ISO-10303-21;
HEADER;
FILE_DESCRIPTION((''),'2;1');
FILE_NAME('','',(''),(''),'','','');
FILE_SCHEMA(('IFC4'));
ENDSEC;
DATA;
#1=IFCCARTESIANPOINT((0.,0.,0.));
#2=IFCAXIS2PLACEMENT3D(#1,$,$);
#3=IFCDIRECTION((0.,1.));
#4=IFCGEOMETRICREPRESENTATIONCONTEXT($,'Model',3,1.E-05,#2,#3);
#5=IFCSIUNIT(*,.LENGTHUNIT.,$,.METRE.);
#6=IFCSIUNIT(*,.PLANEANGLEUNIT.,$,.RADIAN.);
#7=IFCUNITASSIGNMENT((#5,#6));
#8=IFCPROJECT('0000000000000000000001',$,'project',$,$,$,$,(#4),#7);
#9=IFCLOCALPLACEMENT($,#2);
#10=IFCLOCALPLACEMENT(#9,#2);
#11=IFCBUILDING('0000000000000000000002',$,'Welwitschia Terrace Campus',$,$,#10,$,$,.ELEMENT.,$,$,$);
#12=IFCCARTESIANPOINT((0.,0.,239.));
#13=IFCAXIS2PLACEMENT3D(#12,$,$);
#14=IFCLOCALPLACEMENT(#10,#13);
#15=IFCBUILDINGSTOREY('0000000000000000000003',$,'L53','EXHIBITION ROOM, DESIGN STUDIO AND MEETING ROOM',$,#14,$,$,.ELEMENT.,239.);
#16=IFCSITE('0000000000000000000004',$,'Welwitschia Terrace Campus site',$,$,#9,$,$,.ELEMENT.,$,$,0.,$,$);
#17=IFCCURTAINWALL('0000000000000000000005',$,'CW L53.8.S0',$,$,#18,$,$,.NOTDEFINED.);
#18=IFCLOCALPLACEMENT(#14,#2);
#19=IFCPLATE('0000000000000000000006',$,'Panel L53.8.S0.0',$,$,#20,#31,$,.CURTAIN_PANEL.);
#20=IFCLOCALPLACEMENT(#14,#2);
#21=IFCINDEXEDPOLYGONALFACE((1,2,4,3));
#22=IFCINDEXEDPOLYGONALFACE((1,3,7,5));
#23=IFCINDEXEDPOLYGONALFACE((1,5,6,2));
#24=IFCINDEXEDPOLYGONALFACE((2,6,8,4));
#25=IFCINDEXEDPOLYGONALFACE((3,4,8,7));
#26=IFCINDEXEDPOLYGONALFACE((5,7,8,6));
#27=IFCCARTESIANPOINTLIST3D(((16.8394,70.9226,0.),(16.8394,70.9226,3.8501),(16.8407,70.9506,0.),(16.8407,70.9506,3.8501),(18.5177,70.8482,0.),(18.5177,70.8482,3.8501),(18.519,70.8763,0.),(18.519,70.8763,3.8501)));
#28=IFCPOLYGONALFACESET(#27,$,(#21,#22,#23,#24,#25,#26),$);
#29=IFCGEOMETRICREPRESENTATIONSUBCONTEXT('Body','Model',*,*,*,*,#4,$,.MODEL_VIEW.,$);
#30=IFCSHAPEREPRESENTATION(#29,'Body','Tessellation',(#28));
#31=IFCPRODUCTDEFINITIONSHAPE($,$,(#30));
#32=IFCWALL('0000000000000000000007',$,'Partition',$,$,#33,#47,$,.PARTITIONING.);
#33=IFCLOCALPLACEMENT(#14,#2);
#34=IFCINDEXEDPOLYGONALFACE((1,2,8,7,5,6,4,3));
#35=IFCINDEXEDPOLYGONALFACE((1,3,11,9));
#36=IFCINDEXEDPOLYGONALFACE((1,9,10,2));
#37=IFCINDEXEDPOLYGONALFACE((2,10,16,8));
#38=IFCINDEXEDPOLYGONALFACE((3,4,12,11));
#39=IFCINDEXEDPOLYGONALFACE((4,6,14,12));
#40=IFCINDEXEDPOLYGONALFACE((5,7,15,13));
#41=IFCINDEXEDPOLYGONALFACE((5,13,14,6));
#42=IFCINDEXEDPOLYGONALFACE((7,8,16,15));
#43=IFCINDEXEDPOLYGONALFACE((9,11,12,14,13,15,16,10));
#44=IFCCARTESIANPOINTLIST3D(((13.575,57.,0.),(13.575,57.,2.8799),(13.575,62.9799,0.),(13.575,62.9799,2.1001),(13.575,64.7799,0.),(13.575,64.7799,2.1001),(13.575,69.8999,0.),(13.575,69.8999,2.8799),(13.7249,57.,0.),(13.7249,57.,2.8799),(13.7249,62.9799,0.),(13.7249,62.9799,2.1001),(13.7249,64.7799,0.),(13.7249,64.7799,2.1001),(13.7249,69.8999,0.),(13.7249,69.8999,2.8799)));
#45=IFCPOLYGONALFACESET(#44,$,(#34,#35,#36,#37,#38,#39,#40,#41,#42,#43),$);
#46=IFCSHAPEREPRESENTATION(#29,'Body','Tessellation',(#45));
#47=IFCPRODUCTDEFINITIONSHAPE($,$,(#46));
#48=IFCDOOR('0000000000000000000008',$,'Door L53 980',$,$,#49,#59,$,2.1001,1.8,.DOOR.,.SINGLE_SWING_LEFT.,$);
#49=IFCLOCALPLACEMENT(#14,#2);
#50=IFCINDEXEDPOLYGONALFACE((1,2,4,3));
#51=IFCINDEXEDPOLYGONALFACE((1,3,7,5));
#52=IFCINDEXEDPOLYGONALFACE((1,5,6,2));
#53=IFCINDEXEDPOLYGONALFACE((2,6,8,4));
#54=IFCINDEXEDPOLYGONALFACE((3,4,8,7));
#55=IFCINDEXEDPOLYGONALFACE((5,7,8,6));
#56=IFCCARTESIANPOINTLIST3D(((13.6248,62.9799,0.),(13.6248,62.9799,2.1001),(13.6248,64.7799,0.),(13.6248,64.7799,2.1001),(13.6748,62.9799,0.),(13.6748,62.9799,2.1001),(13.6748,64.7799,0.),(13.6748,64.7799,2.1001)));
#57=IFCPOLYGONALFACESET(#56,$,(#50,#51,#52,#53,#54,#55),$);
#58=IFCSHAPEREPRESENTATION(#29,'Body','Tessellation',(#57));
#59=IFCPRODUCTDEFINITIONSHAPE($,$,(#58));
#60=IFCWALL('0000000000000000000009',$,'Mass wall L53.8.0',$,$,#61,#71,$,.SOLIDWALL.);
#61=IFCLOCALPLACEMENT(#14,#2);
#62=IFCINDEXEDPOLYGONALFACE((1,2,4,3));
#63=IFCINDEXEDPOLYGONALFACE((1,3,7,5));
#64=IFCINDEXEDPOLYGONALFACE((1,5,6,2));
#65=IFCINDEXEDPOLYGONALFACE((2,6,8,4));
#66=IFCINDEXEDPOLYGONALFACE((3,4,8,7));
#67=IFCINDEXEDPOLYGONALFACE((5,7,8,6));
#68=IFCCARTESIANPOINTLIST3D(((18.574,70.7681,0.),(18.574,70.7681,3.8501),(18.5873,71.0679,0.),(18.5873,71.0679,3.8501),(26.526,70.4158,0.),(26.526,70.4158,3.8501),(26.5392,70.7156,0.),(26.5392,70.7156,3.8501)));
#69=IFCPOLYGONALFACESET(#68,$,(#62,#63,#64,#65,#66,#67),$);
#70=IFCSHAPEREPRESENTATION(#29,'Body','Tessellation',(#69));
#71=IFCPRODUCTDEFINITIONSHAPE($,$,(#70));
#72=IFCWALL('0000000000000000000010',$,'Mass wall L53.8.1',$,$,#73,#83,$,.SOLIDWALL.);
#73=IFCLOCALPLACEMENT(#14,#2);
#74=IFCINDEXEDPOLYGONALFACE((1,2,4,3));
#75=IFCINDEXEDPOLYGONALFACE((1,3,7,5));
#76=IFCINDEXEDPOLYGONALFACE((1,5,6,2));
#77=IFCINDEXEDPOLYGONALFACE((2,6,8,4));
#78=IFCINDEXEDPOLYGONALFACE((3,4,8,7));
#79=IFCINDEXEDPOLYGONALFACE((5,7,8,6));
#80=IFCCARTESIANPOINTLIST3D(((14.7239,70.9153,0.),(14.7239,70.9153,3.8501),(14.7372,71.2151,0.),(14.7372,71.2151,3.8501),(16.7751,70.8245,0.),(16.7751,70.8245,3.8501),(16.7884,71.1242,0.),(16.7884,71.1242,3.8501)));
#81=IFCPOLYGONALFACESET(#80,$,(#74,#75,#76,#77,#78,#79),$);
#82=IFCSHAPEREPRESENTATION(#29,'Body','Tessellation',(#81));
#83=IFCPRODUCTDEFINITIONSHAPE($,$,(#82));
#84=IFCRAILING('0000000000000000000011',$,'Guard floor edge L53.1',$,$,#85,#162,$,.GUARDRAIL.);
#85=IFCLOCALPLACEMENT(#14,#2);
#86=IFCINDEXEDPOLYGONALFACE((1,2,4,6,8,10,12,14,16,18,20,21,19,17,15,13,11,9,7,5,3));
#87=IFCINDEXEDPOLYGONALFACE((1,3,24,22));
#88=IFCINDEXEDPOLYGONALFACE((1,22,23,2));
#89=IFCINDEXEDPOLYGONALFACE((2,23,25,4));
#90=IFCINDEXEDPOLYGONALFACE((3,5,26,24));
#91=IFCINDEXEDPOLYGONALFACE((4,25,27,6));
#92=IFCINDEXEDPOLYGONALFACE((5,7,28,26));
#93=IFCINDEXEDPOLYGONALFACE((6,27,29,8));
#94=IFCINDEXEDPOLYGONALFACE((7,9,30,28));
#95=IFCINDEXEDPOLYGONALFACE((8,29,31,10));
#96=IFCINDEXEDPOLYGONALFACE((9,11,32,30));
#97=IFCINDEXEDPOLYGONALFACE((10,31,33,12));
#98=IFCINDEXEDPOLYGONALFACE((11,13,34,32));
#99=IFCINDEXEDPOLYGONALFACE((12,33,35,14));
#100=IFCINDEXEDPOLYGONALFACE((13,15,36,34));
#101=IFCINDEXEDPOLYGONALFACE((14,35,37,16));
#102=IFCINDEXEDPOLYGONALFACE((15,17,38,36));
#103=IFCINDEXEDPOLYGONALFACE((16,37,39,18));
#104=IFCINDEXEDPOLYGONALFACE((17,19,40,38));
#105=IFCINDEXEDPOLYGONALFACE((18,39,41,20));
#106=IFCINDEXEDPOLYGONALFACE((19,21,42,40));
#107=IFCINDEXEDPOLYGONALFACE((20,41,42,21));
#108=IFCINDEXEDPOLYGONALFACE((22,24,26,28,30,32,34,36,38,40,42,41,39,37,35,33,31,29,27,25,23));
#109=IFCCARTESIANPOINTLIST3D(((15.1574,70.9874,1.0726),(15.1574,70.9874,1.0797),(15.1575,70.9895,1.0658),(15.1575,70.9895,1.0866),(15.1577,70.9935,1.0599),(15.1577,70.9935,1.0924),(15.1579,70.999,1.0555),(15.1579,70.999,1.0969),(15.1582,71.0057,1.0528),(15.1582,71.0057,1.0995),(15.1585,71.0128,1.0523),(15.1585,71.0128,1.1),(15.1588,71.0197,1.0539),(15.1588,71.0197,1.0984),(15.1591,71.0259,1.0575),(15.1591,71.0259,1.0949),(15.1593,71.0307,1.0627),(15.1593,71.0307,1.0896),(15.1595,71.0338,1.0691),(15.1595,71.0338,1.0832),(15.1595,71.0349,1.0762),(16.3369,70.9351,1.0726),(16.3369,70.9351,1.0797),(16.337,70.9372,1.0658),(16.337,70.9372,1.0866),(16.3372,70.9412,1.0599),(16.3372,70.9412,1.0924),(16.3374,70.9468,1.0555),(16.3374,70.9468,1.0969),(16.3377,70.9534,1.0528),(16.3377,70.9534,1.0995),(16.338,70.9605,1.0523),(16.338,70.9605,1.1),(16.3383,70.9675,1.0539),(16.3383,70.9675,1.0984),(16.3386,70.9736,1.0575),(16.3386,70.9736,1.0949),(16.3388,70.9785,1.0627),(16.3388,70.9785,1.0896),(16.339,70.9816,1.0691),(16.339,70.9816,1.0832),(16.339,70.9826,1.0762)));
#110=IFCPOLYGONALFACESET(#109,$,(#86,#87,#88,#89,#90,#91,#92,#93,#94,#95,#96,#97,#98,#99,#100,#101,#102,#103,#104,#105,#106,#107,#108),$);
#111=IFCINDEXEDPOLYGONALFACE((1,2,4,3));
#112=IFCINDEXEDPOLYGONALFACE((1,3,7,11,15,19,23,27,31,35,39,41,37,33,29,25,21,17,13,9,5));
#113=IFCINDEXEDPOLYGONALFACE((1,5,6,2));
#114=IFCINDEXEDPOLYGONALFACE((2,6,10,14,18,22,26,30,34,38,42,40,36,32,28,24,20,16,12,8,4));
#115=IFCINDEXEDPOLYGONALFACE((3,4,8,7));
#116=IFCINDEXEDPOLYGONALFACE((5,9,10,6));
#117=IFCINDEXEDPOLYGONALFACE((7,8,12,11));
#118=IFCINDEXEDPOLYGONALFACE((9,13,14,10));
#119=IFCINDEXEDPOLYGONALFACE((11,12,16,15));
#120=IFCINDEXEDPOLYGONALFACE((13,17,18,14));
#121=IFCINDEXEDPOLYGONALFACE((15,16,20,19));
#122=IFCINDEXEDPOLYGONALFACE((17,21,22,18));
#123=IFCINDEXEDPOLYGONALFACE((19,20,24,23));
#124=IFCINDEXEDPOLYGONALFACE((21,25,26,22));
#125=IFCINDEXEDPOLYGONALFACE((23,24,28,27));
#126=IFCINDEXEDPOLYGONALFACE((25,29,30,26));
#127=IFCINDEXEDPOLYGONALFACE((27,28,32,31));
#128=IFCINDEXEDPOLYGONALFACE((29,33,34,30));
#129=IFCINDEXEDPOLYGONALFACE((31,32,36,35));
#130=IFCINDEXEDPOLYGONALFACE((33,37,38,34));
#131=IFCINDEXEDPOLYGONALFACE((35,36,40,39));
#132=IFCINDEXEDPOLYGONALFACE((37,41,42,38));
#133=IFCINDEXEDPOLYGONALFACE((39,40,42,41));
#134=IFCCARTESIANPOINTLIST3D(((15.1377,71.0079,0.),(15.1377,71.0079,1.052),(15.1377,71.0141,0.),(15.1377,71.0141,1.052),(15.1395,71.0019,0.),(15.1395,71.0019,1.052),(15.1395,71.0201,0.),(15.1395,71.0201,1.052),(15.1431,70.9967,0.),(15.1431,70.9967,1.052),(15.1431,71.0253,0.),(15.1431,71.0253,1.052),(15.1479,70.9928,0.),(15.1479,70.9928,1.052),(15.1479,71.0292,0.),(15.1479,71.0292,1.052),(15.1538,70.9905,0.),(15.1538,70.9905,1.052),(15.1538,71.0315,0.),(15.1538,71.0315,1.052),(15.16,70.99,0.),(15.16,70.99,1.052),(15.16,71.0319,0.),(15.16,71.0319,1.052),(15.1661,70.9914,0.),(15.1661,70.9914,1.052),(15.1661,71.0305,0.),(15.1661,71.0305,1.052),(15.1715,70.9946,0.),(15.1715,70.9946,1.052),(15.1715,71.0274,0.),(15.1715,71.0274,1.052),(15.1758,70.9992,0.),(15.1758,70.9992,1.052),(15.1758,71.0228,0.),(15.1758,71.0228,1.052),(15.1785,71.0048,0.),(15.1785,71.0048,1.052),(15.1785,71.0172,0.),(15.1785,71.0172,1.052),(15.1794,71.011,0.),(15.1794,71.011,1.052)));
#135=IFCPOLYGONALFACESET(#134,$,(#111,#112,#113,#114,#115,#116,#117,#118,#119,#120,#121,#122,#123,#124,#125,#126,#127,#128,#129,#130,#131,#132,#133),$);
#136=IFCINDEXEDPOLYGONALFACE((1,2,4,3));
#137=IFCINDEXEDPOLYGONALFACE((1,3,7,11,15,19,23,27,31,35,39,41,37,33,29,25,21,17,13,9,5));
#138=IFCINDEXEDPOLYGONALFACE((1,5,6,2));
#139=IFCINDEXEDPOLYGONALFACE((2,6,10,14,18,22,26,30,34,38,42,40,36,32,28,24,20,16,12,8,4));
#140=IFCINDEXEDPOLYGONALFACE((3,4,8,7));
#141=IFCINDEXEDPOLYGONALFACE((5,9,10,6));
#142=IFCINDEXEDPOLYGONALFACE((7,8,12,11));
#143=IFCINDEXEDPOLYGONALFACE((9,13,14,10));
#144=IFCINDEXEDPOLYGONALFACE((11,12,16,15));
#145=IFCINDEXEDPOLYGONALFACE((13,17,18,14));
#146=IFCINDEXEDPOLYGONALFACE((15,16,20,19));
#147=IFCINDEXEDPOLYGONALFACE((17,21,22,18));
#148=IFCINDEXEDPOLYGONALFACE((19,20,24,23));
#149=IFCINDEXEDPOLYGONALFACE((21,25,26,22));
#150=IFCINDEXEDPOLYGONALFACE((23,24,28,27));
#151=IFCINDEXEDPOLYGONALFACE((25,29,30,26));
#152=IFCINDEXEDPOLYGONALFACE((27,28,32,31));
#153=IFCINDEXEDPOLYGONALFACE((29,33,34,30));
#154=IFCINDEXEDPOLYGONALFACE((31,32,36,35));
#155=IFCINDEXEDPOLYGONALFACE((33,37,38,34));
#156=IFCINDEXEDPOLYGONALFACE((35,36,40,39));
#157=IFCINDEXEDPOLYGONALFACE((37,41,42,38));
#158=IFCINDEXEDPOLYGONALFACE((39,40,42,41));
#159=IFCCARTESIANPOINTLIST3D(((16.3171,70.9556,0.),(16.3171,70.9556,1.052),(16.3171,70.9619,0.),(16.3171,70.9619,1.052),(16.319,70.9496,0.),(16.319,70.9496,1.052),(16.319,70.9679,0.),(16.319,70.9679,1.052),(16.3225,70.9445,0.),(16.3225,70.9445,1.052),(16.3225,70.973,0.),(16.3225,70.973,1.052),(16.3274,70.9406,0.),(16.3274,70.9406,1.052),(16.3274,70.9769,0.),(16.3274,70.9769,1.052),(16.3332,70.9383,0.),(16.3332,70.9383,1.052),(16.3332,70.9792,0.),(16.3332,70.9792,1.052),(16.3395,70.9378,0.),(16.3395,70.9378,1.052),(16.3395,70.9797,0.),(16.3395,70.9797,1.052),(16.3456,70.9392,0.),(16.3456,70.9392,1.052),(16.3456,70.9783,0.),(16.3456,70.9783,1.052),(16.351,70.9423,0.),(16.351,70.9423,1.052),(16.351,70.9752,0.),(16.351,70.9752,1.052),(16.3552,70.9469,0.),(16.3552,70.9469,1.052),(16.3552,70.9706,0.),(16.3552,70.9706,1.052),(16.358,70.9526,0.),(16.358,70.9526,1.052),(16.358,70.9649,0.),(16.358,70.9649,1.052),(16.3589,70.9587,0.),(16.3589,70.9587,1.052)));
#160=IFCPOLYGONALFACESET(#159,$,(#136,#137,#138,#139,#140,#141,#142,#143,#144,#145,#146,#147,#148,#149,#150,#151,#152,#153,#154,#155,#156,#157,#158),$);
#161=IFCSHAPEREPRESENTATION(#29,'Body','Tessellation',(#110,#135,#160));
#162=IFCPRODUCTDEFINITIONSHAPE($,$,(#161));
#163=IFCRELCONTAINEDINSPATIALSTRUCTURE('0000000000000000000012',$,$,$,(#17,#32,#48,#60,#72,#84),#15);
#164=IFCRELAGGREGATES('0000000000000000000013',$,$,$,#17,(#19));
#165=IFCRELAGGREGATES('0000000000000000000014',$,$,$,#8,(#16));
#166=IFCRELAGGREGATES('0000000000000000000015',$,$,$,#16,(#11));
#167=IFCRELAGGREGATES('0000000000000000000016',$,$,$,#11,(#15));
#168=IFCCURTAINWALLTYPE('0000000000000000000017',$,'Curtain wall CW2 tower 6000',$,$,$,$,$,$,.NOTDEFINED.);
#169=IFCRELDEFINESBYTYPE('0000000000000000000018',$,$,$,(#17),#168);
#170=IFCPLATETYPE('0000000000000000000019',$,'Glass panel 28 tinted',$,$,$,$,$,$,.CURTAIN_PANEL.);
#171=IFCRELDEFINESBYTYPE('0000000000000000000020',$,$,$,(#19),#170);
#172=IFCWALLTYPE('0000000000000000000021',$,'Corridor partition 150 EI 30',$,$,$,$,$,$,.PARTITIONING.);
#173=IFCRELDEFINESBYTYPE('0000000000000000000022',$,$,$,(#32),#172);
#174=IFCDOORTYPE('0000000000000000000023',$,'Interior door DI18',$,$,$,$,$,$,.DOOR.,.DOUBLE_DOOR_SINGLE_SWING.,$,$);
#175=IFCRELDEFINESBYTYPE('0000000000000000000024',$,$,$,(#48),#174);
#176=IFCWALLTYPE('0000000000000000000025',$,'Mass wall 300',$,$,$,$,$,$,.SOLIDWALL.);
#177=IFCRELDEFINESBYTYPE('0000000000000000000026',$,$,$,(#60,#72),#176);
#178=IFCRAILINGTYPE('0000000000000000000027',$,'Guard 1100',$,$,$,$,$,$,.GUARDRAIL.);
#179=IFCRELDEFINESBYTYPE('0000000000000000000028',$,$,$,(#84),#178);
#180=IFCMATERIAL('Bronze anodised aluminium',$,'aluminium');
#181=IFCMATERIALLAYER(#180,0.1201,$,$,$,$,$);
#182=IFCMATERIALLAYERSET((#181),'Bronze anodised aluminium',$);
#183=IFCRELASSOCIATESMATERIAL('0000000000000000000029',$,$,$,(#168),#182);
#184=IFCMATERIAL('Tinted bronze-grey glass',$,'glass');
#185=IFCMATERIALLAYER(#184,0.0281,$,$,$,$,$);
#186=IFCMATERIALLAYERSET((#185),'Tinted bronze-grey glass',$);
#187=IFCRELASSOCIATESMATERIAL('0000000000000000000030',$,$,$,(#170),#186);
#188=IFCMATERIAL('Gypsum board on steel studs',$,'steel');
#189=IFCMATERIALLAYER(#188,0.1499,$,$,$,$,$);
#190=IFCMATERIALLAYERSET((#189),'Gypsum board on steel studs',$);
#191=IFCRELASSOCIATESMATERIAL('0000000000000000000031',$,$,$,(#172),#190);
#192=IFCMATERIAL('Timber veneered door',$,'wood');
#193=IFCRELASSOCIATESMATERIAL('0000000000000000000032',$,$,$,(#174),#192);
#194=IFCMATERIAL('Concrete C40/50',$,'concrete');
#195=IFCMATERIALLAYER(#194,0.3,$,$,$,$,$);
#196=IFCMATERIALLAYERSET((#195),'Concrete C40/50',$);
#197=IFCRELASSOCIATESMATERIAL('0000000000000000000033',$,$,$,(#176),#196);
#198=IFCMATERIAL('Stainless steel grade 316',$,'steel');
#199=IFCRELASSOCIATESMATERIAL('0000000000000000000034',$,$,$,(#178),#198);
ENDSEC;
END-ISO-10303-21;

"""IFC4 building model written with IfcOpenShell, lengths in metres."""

from ifc_helpers import new_model, si_unit, direction, frame, frame_2d, origin, origin_2d, place, context, subcontext, project, spatial, rectangle, circle, extrude, material, layer, layer_set, type_object, element, fill, aggregate, save


model = new_model("IFC4")

# Units and contexts
model_context = context("Model", 3, precision=1e-05, world=origin(), true_north=direction((0.0, 1.0)))
body_context = subcontext(model_context, "Body", "Model", "MODEL_VIEW")
ifc_project = project(units=[si_unit("LENGTHUNIT", "METRE"), si_unit("PLANEANGLEUNIT", "RADIAN")], contexts=[model_context])

# Site, building, storey
site_placement = place(None, origin())
site = spatial("IfcSite", under=ifc_project, at=site_placement, Name="Welwitschia Terrace Campus site", CompositionType="ELEMENT", RefElevation=0.0)
building_placement = place(site_placement, origin())
building = spatial("IfcBuilding", under=site, at=building_placement, Name="Welwitschia Terrace Campus", CompositionType="ELEMENT")
storey_placement = place(building_placement, frame((0.0, 0.0, 239.0)))
storey = spatial("IfcBuildingStorey", under=building, at=storey_placement, Name="L53", Description="EXHIBITION ROOM, DESIGN STUDIO AND MEETING ROOM", CompositionType="ELEMENT", Elevation=239.0)

# Curtain wall
ifc_material_1 = material(Name="Bronze anodised aluminium", Category="aluminium")
ifc_layer_1 = layer(ifc_material_1, 0.1201)
ifc_layer_set_1 = layer_set([ifc_layer_1], Name="Bronze anodised aluminium")
curtain_wall_type = type_object("IfcCurtainWallType", Name="Curtain wall CW2 tower 6000", PredefinedType="NOTDEFINED", material=ifc_layer_set_1)
curtain_wall_1_placement = place(storey_placement, origin())
curtain_wall_1 = element("IfcCurtainWall", 1, at=curtain_wall_1_placement, inside=storey, type_object=curtain_wall_type, Name="CW L53.8.S0", PredefinedType="NOTDEFINED")

# Plate
ifc_material_2 = material(Name="Tinted bronze-grey glass", Category="glass")
ifc_layer_2 = layer(ifc_material_2, 0.0281)
ifc_layer_set_2 = layer_set([ifc_layer_2], Name="Tinted bronze-grey glass")
plate_type = type_object("IfcPlateType", Name="Glass panel 28 tinted", PredefinedType="CURTAIN_PANEL", material=ifc_layer_set_2)
plate_1_placement = place(storey_placement, frame((17.6792, 70.8994, 0.0), z_axis=(0.0, 0.0, 1.0), x_axis=(-0.99902, 0.044259, 0.0)))
plate_1 = element("IfcPlate", 2, at=plate_1_placement, type_object=plate_type, Name="Panel L53.8.S0.0", PredefinedType="CURTAIN_PANEL", context=body_context, shape_type="SweptSolid", body=[
    extrude(rectangle(XDim=1.6799, YDim=0.0281, at=origin_2d()), origin(), (0.0, 0.0, 1.0), 3.8501),
])
aggregate(curtain_wall_1, [plate_1])

# Wall, opening, door
ifc_material_3 = material(Name="Gypsum board on steel studs", Category="steel")
ifc_layer_3 = layer(ifc_material_3, 0.1499)
ifc_layer_set_3 = layer_set([ifc_layer_3], Name="Gypsum board on steel studs")
wall_type_1 = type_object("IfcWallType", Name="Corridor partition 150 EI 30", PredefinedType="PARTITIONING", material=ifc_layer_set_3)
wall_1_placement = place(storey_placement, frame((13.6499, 69.8999, 0.0), z_axis=(0.0, 0.0, 1.0), x_axis=(0.0, -1.0, 0.0)))
wall_1 = element("IfcWall", 3, at=wall_1_placement, inside=storey, type_object=wall_type_1, Name="Partition", PredefinedType="PARTITIONING", context=body_context, shape_type="SweptSolid", body=[
    extrude(rectangle(XDim=12.8999, YDim=0.1499, at=frame_2d((6.45, 0.0))), origin(), (0.0, 0.0, 1.0), 2.8799),
])
opening_1_placement = place(wall_1_placement, frame((5.1201, 0.0, 0.0)))
opening_1 = element("IfcOpeningElement", 4, at=opening_1_placement, cuts=wall_1, PredefinedType="OPENING", context=body_context, shape_type="SweptSolid", body=[
    extrude(rectangle(XDim=1.8, YDim=2.1001, at=frame_2d((0.8999, 1.05))), frame((0.0, 0.085, 0.0), z_axis=(0.0, -1.0, 0.0), x_axis=(1.0, 0.0, 0.0)), (0.0, 0.0, 1.0), 0.1699),
])
ifc_material_4 = material(Name="Timber veneered door", Category="wood")
door_type_1 = type_object("IfcDoorType", Name="Interior door DI18", OperationType="DOUBLE_DOOR_SINGLE_SWING", PredefinedType="DOOR", material=ifc_material_4)
door_1_placement = place(opening_1_placement, origin())
door_1 = element("IfcDoor", 5, at=door_1_placement, inside=storey, type_object=door_type_1, Name="Door L53 980", OperationType="SINGLE_SWING_LEFT", OverallHeight=2.1001, OverallWidth=1.8, PredefinedType="DOOR", context=body_context, shape_type="SweptSolid", body=[
    extrude(rectangle(XDim=1.8, YDim=2.1001, at=frame_2d((0.8999, 1.05))), frame((0.0, 0.0249, 0.0), z_axis=(0.0, -1.0, 0.0), x_axis=(1.0, 0.0, 0.0)), (0.0, 0.0, 1.0), 0.05),
])
fill(opening_1, door_1)

# Walls
ifc_material_5 = material(Name="Concrete C40/50", Category="concrete")
ifc_layer_4 = layer(ifc_material_5, 0.3)
ifc_layer_set_4 = layer_set([ifc_layer_4], Name="Concrete C40/50")
wall_type_2 = type_object("IfcWallType", Name="Mass wall 300", PredefinedType="SOLIDWALL", material=ifc_layer_set_4)
wall_2_placement = place(storey_placement, frame((26.5327, 70.5657, 0.0), z_axis=(0.0, 0.0, 1.0), x_axis=(-0.99902, 0.04426, 0.0)))
element("IfcWall", 6, at=wall_2_placement, inside=storey, type_object=wall_type_2, Name="Mass wall L53.8.0", PredefinedType="SOLIDWALL", context=body_context, shape_type="SweptSolid", body=[
    extrude(rectangle(XDim=7.9597, YDim=0.3, at=frame_2d((3.98, 0.0))), origin(), (0.0, 0.0, 1.0), 3.8501),
])
wall_3_placement = place(storey_placement, frame((16.7817, 70.9744, 0.0), z_axis=(0.0, 0.0, 1.0), x_axis=(-0.999021, 0.044232, 0.0)))
element("IfcWall", 7, at=wall_3_placement, inside=storey, type_object=wall_type_2, Name="Mass wall L53.8.1", PredefinedType="SOLIDWALL", context=body_context, shape_type="SweptSolid", body=[
    extrude(rectangle(XDim=2.0532, YDim=0.3, at=frame_2d((1.0266, 0.0))), origin(), (0.0, 0.0, 1.0), 3.8501),
])

# Railing
ifc_material_6 = material(Name="Stainless steel grade 316", Category="steel")
railing_type = type_object("IfcRailingType", Name="Guard 1100", PredefinedType="GUARDRAIL", material=ifc_material_6)
railing_1_placement = place(storey_placement, frame((15.1584, 71.011, 0.0)))
element("IfcRailing", 8, at=railing_1_placement, inside=storey, type_object=railing_type, Name="Guard floor edge L53.1", PredefinedType="GUARDRAIL", context=body_context, shape_type="SweptSolid", body=[
    extrude(circle(Radius=0.0239, at=origin_2d()), frame((0.0, 0.0, 1.0762), z_axis=(0.99902, -0.044254, 0.0), x_axis=(0.044254, 0.99902, 0.0)), (0.0, 0.0, 1.0), 1.1807),
    extrude(circle(Radius=0.021, at=origin_2d()), origin(), (0.0, 0.0, 1.0), 1.052),
    extrude(circle(Radius=0.021, at=origin_2d()), frame((1.1794, -0.0522, 0.0)), (0.0, 0.0, 1.0), 1.052),
])

save(model, "model.ifc")
